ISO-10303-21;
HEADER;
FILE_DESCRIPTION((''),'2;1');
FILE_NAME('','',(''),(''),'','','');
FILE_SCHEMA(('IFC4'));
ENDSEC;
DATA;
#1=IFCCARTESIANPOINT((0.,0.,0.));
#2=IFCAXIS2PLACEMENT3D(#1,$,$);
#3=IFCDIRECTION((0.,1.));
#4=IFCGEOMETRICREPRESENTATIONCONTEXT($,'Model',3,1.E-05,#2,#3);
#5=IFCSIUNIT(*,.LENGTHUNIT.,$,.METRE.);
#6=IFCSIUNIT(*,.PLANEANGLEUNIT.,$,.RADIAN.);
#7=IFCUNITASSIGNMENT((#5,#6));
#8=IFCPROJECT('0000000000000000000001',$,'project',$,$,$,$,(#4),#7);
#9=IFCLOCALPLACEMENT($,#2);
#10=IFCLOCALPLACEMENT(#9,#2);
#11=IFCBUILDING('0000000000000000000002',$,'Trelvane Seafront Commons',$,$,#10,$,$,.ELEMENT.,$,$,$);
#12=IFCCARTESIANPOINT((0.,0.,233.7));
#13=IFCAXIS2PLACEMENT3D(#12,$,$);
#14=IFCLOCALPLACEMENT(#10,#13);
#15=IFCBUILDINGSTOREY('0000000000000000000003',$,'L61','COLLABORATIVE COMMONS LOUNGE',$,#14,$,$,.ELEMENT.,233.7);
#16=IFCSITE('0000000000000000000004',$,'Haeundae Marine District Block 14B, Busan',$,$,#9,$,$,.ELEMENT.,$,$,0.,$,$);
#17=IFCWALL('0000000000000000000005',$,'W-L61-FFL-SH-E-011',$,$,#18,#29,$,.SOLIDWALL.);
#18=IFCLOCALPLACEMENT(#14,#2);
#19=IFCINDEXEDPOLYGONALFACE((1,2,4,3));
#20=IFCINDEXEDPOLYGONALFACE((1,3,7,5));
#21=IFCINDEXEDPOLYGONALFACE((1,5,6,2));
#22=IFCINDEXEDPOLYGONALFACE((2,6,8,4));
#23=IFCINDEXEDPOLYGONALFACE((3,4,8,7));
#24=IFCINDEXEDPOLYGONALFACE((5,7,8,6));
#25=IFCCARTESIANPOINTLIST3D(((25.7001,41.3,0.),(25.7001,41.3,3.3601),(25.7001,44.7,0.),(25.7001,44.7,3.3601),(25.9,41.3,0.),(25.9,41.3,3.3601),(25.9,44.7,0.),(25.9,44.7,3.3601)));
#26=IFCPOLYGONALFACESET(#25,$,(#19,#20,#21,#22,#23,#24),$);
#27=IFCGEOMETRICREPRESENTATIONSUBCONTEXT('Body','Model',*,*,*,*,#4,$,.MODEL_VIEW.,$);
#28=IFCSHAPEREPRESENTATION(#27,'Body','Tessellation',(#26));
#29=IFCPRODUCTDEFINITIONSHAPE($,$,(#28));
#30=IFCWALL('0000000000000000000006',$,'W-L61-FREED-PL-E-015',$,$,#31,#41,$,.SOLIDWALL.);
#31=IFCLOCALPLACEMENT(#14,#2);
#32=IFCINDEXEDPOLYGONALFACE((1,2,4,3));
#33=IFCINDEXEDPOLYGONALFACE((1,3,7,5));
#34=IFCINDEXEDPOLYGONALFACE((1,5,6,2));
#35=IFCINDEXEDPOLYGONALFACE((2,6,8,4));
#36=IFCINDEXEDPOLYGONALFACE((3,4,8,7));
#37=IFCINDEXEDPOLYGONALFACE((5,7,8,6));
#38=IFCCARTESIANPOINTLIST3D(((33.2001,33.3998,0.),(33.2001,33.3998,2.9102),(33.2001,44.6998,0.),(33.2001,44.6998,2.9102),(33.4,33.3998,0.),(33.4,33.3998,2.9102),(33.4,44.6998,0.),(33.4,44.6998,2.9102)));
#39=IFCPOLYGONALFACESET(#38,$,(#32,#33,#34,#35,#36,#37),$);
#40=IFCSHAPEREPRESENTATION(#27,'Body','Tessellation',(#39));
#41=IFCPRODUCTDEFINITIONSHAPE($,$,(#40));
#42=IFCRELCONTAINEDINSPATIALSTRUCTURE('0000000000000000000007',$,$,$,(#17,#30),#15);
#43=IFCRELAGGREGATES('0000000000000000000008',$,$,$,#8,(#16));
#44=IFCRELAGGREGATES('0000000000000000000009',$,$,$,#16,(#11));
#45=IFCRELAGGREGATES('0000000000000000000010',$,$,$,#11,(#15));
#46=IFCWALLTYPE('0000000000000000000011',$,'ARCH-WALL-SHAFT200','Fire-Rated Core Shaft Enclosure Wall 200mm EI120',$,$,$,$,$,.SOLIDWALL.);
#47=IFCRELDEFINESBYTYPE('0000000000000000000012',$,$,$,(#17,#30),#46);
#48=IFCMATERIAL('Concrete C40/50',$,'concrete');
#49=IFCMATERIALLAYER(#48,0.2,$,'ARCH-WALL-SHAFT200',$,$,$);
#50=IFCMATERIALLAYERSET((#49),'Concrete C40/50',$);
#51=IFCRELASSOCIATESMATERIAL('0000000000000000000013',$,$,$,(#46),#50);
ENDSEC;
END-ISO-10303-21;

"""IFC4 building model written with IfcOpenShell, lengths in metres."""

from ifc_helpers import new_model, si_unit, direction, frame, frame_2d, origin, place, context, subcontext, project, spatial, rectangle, extrude, material, layer, layer_set, type_object, element, save


model = new_model("IFC4")

# Units and contexts
model_context = context("Model", 3, precision=1e-05, world=origin(), true_north=direction((0.0, 1.0)))
body_context = subcontext(model_context, "Body", "Model", "MODEL_VIEW")
ifc_project = project(units=[si_unit("LENGTHUNIT", "METRE"), si_unit("PLANEANGLEUNIT", "RADIAN")], contexts=[model_context])

# Site, building, storey
site_placement = place(None, origin())
site = spatial("IfcSite", under=ifc_project, at=site_placement, Name="Haeundae Marine District Block 14B, Busan", CompositionType="ELEMENT", RefElevation=0.0)
building_placement = place(site_placement, origin())
building = spatial("IfcBuilding", under=site, at=building_placement, Name="Trelvane Seafront Commons", CompositionType="ELEMENT")
storey_placement = place(building_placement, frame((0.0, 0.0, 233.7)))
storey = spatial("IfcBuildingStorey", under=building, at=storey_placement, Name="L61", Description="COLLABORATIVE COMMONS LOUNGE", CompositionType="ELEMENT", Elevation=233.7)

# Shared definitions
ifc_material_1 = material(Name="Concrete C40/50", Category="concrete")

# Walls
ifc_layer_1 = layer(ifc_material_1, 0.2, Name="ARCH-WALL-SHAFT200")
ifc_layer_set_1 = layer_set([ifc_layer_1], Name="Concrete C40/50")
wall_type_1 = type_object("IfcWallType", Name="ARCH-WALL-SHAFT200", Description="Fire-Rated Core Shaft Enclosure Wall 200mm EI120", PredefinedType="SOLIDWALL", material=ifc_layer_set_1)
wall_1_placement = place(storey_placement, frame((25.8, 41.3, 0.0), z_axis=(0.0, 0.0, 1.0), x_axis=(0.0, 1.0, 0.0)))
element("IfcWall", 1, at=wall_1_placement, inside=storey, type_object=wall_type_1, Name="W-L61-FFL-SH-E-011", PredefinedType="SOLIDWALL", context=body_context, shape_type="SweptSolid", body=[
    extrude(rectangle(XDim=3.3999, YDim=0.2, at=frame_2d((1.7, 0.0))), origin(), (0.0, 0.0, 1.0), 3.3601),
])
wall_2_placement = place(storey_placement, frame((33.3, 33.3999, 0.0), z_axis=(0.0, 0.0, 1.0), x_axis=(0.0, 1.0, 0.0)))
element("IfcWall", 2, at=wall_2_placement, inside=storey, type_object=wall_type_1, Name="W-L61-FREED-PL-E-015", PredefinedType="SOLIDWALL", context=body_context, shape_type="SweptSolid", body=[
    extrude(rectangle(XDim=11.3, YDim=0.2, at=frame_2d((5.6499, 0.0))), origin(), (0.0, 0.0, 1.0), 2.9102),
])

save(model, "model.ifc")
